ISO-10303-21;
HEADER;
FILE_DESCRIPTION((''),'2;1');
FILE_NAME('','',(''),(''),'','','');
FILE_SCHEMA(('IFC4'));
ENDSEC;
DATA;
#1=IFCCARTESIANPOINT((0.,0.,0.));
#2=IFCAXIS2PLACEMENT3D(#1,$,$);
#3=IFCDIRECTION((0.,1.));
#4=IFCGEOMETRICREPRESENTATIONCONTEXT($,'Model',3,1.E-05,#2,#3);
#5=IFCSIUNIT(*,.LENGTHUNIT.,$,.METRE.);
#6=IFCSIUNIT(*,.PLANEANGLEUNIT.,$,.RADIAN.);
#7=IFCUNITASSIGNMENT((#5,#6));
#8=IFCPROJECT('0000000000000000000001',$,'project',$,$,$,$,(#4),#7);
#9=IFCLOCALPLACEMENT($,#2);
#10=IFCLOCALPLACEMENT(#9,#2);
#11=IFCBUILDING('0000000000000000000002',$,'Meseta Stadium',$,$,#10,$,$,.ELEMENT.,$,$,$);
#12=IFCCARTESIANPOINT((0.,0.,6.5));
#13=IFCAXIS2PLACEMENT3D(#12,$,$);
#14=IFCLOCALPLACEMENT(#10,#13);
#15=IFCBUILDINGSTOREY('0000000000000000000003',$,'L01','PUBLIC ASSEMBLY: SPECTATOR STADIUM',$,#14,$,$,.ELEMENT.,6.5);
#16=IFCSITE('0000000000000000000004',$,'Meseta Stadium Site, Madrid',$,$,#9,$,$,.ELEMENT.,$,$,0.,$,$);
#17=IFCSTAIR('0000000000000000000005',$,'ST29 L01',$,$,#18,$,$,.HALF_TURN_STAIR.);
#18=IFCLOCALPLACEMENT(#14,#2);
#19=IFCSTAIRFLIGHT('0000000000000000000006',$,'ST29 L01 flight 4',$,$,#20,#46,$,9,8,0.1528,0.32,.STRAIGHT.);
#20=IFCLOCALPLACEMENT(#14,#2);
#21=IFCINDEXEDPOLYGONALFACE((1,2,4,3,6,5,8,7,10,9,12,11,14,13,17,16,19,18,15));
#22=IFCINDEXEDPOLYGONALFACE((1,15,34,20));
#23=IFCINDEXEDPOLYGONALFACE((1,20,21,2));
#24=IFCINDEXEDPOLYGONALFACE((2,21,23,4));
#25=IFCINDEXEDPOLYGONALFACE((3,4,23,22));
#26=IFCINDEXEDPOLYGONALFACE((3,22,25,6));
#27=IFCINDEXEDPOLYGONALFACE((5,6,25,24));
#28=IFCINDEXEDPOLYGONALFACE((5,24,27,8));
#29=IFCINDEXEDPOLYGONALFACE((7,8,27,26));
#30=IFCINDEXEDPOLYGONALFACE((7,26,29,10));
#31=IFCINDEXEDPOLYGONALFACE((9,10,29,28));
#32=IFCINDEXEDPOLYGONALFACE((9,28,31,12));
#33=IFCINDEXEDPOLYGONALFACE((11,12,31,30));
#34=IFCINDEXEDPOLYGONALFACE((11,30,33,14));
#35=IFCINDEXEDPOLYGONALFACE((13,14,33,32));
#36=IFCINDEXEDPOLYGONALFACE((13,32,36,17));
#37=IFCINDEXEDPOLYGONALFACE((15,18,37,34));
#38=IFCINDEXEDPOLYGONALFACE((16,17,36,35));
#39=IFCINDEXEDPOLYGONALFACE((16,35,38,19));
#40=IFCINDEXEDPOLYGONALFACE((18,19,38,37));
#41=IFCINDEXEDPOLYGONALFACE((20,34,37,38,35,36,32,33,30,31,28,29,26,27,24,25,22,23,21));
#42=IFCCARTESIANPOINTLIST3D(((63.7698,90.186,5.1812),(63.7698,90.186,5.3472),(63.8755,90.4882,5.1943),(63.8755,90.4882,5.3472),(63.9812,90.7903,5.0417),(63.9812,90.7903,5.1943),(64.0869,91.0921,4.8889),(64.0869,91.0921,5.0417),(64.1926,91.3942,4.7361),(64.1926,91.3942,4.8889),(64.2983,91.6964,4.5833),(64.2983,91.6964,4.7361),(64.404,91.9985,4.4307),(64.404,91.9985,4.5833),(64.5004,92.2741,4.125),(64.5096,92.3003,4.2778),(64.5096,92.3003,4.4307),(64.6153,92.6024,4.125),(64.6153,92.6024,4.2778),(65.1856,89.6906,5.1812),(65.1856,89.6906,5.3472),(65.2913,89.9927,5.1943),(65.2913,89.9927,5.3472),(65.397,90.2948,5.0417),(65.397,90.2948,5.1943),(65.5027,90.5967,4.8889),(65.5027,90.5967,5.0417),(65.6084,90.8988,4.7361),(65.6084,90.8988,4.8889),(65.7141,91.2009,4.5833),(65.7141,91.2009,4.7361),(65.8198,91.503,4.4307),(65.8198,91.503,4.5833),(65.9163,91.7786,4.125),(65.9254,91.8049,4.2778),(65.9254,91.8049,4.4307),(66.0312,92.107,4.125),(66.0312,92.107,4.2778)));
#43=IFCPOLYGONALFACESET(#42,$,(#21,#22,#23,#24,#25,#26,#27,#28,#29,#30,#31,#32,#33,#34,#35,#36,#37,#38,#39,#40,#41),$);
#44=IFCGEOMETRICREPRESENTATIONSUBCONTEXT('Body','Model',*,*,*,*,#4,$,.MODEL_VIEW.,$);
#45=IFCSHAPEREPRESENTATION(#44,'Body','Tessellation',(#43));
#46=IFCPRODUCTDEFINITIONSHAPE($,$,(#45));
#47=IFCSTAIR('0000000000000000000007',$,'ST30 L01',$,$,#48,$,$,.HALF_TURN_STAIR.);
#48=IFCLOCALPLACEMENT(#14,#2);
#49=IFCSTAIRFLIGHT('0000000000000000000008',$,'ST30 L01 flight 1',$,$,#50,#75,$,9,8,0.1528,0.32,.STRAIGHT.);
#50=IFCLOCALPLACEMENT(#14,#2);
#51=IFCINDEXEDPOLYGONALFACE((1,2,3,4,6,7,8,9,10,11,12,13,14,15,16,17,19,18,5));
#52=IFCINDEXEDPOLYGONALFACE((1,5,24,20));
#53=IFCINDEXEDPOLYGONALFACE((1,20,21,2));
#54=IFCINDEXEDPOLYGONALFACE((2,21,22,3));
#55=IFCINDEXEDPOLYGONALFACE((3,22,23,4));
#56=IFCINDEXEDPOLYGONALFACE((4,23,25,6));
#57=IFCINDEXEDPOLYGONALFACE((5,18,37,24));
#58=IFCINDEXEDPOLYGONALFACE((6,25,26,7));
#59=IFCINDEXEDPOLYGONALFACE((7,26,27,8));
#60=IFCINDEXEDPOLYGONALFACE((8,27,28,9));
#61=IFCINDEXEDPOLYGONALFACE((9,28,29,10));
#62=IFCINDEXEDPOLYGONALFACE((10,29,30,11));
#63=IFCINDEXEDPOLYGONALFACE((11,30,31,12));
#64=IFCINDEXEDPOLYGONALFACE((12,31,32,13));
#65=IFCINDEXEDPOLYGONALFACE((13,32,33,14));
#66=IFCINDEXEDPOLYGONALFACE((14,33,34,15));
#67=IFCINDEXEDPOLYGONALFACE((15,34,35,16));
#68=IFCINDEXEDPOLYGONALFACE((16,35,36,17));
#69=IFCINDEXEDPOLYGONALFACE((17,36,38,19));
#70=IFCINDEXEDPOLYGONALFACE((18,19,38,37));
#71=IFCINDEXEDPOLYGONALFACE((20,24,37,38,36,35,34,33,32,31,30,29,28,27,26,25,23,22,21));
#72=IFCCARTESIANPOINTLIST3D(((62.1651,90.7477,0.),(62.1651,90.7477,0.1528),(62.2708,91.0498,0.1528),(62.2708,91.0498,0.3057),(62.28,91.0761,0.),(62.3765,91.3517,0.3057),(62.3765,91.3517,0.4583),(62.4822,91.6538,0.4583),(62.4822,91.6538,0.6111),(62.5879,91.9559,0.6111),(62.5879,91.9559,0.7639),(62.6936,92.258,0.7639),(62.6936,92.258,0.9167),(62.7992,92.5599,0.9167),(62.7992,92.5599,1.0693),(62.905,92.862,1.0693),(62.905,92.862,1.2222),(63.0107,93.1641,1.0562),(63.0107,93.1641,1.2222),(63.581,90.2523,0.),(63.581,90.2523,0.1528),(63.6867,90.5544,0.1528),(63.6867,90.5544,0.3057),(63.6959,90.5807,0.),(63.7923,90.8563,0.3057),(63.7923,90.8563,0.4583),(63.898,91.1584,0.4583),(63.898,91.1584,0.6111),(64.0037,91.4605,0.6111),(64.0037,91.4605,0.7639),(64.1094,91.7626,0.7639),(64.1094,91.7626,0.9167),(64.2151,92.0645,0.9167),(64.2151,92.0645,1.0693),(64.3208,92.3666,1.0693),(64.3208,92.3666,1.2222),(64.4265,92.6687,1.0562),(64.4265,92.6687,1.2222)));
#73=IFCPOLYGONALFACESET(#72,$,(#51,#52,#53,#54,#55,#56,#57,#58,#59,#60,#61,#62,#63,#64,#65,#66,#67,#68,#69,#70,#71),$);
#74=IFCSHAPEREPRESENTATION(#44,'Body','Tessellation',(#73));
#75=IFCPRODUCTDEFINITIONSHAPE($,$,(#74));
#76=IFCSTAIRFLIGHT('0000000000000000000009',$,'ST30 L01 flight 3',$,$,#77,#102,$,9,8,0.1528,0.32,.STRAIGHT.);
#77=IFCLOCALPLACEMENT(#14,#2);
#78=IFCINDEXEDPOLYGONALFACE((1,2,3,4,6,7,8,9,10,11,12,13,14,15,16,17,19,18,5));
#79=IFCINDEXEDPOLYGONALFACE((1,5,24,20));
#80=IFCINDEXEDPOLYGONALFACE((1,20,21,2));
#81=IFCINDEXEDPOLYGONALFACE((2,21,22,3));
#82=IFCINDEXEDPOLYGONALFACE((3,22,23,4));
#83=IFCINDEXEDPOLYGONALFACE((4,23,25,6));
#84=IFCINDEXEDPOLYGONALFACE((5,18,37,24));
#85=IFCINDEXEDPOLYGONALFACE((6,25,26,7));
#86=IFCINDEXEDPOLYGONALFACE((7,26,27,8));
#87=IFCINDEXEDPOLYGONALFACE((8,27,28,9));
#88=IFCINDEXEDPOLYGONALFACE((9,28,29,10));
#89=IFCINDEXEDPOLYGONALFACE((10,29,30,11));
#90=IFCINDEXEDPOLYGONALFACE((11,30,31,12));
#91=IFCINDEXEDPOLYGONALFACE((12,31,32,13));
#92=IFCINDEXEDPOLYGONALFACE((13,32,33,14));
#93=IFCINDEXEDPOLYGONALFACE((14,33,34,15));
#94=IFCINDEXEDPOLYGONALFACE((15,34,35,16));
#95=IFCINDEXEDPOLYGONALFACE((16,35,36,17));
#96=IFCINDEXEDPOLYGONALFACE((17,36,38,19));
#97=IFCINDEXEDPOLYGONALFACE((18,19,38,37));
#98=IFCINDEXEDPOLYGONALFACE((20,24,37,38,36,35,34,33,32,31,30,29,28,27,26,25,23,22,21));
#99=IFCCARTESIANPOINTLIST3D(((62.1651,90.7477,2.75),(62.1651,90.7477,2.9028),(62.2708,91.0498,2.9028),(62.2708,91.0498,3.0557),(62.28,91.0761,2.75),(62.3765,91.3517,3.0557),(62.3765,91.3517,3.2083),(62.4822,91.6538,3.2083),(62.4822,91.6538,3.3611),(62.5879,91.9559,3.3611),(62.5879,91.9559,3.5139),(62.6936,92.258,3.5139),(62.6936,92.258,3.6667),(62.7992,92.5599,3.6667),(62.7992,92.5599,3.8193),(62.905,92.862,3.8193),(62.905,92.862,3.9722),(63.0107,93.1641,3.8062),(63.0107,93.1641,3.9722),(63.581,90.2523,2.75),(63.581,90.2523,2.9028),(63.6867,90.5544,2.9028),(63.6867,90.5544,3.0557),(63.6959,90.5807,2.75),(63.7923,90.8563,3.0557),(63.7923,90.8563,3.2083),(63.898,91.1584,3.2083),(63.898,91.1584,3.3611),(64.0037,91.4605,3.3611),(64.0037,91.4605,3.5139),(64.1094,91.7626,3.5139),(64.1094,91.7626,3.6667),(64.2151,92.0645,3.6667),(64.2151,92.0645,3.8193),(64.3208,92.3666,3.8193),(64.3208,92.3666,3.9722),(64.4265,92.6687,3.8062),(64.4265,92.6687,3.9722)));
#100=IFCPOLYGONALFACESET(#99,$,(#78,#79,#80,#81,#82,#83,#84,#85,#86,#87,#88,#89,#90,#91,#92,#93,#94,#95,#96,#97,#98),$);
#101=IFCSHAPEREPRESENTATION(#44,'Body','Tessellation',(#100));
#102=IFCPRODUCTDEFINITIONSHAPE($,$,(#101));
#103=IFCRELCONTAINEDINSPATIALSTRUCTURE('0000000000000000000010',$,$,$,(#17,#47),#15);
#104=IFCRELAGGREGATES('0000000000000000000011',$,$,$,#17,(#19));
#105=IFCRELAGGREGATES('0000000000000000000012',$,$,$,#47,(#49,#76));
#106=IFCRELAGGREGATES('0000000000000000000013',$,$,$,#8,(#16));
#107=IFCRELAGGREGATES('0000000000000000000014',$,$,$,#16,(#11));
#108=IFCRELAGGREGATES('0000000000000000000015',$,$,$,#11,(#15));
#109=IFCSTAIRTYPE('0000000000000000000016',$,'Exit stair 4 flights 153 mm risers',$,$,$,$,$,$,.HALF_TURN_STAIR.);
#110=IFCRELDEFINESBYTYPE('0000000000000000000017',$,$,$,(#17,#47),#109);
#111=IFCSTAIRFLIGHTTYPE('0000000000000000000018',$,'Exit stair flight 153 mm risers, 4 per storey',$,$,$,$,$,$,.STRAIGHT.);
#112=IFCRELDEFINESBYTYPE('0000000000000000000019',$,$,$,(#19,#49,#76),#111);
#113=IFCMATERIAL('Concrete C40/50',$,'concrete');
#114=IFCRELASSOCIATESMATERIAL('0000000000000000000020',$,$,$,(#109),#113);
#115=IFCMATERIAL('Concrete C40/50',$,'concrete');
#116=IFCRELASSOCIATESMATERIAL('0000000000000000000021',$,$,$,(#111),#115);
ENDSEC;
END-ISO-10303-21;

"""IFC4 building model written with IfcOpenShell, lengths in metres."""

from ifc_helpers import new_model, si_unit, direction, frame, origin, place, context, subcontext, project, spatial, polyline, outline, extrude, material, type_object, element, aggregate, save


model = new_model("IFC4")

# Units and contexts
model_context = context("Model", 3, precision=1e-05, world=origin(), true_north=direction((0.0, 1.0)))
body_context = subcontext(model_context, "Body", "Model", "MODEL_VIEW")
ifc_project = project(units=[si_unit("LENGTHUNIT", "METRE"), si_unit("PLANEANGLEUNIT", "RADIAN")], contexts=[model_context])

# Site, building, storey
site_placement = place(None, origin())
site = spatial("IfcSite", under=ifc_project, at=site_placement, Name="Meseta Stadium Site, Madrid", CompositionType="ELEMENT", RefElevation=0.0)
building_placement = place(site_placement, origin())
building = spatial("IfcBuilding", under=site, at=building_placement, Name="Meseta Stadium", CompositionType="ELEMENT")
storey_placement = place(building_placement, frame((0.0, 0.0, 6.5)))
storey = spatial("IfcBuildingStorey", under=building, at=storey_placement, Name="L01", Description="PUBLIC ASSEMBLY: SPECTATOR STADIUM", CompositionType="ELEMENT", Elevation=6.5)

# Stairs, stair flights
ifc_material_1 = material(Name="Concrete C40/50", Category="concrete")
stair_type = type_object("IfcStairType", Name="Exit stair 4 flights 153 mm risers", PredefinedType="HALF_TURN_STAIR", material=ifc_material_1)
stair_1_placement = place(storey_placement, origin())
stair_1 = element("IfcStair", 1, at=stair_1_placement, inside=storey, type_object=stair_type, Name="ST29 L01", PredefinedType="HALF_TURN_STAIR")
ifc_material_2 = material(Name="Concrete C40/50", Category="concrete")
stair_flight_type = type_object("IfcStairFlightType", Name="Exit stair flight 153 mm risers, 4 per storey", PredefinedType="STRAIGHT", material=ifc_material_2)
stair_flight_1_placement = place(storey_placement, frame((65.3232, 92.3547, 4.125), z_axis=(0.0, 0.0, 1.0), x_axis=(-0.330279, -0.943883, 0.0)))
stair_flight_1 = element("IfcStairFlight", 2, at=stair_flight_1_placement, type_object=stair_flight_type, Name="ST29 L01 flight 4", NumberOfRisers=9, NumberOfTreads=8, PredefinedType="STRAIGHT", RiserHeight=0.1528, TreadLength=0.32, context=body_context, shape_type="SweptSolid", body=[
    extrude(outline(polyline([(0.0, 0.0), (0.0, 0.1528), (0.3201, 0.1528), (0.3201, 0.3057), (0.6399, 0.3057), (0.6399, 0.4583), (0.96, 0.4583), (0.96, 0.6111), (1.28, 0.6111), (1.28, 0.7639), (1.6001, 0.7639), (1.6001, 0.9167), (1.9199, 0.9167), (1.9199, 1.0693), (2.24, 1.0693), (2.24, 1.2222), (2.5601, 1.2222), (2.5601, 1.0562), (0.3479, 0.0), (0.0, 0.0)])), frame((0.0, 0.75, 0.0), z_axis=(0.0, -1.0, 0.0), x_axis=(1.0, 0.0, 0.0)), (0.0, 0.0, 1.0), 1.5),
])
aggregate(stair_1, [stair_flight_1])
stair_2_placement = place(storey_placement, origin())
stair_2 = element("IfcStair", 3, at=stair_2_placement, inside=storey, type_object=stair_type, Name="ST30 L01", PredefinedType="HALF_TURN_STAIR")
stair_flight_2_placement = place(storey_placement, frame((62.873, 90.5, 0.0), z_axis=(0.0, 0.0, 1.0), x_axis=(0.330279, 0.943883, 0.0)))
stair_flight_2 = element("IfcStairFlight", 4, at=stair_flight_2_placement, type_object=stair_flight_type, Name="ST30 L01 flight 1", NumberOfRisers=9, NumberOfTreads=8, PredefinedType="STRAIGHT", RiserHeight=0.1528, TreadLength=0.32, context=body_context, shape_type="SweptSolid", body=[
    extrude(outline(polyline([(0.0, 0.0), (0.0, 0.1528), (0.3201, 0.1528), (0.3201, 0.3057), (0.6399, 0.3057), (0.6399, 0.4583), (0.96, 0.4583), (0.96, 0.6111), (1.28, 0.6111), (1.28, 0.7639), (1.6001, 0.7639), (1.6001, 0.9167), (1.9199, 0.9167), (1.9199, 1.0693), (2.24, 1.0693), (2.24, 1.2222), (2.5601, 1.2222), (2.5601, 1.0562), (0.3479, 0.0), (0.0, 0.0)])), frame((0.0, 0.75, 0.0), z_axis=(0.0, -1.0, 0.0), x_axis=(1.0, 0.0, 0.0)), (0.0, 0.0, 1.0), 1.5),
])
stair_flight_3_placement = place(storey_placement, frame((62.873, 90.5, 2.75), z_axis=(0.0, 0.0, 1.0), x_axis=(0.330279, 0.943883, 0.0)))
stair_flight_3 = element("IfcStairFlight", 5, at=stair_flight_3_placement, type_object=stair_flight_type, Name="ST30 L01 flight 3", NumberOfRisers=9, NumberOfTreads=8, PredefinedType="STRAIGHT", RiserHeight=0.1528, TreadLength=0.32, context=body_context, shape_type="SweptSolid", body=[
    extrude(outline(polyline([(0.0, 0.0), (0.0, 0.1528), (0.3201, 0.1528), (0.3201, 0.3057), (0.6399, 0.3057), (0.6399, 0.4583), (0.96, 0.4583), (0.96, 0.6111), (1.28, 0.6111), (1.28, 0.7639), (1.6001, 0.7639), (1.6001, 0.9167), (1.9199, 0.9167), (1.9199, 1.0693), (2.24, 1.0693), (2.24, 1.2222), (2.5601, 1.2222), (2.5601, 1.0562), (0.3479, 0.0), (0.0, 0.0)])), frame((0.0, 0.75, 0.0), z_axis=(0.0, -1.0, 0.0), x_axis=(1.0, 0.0, 0.0)), (0.0, 0.0, 1.0), 1.5),
])
aggregate(stair_2, [stair_flight_2, stair_flight_3])

save(model, "model.ifc")
